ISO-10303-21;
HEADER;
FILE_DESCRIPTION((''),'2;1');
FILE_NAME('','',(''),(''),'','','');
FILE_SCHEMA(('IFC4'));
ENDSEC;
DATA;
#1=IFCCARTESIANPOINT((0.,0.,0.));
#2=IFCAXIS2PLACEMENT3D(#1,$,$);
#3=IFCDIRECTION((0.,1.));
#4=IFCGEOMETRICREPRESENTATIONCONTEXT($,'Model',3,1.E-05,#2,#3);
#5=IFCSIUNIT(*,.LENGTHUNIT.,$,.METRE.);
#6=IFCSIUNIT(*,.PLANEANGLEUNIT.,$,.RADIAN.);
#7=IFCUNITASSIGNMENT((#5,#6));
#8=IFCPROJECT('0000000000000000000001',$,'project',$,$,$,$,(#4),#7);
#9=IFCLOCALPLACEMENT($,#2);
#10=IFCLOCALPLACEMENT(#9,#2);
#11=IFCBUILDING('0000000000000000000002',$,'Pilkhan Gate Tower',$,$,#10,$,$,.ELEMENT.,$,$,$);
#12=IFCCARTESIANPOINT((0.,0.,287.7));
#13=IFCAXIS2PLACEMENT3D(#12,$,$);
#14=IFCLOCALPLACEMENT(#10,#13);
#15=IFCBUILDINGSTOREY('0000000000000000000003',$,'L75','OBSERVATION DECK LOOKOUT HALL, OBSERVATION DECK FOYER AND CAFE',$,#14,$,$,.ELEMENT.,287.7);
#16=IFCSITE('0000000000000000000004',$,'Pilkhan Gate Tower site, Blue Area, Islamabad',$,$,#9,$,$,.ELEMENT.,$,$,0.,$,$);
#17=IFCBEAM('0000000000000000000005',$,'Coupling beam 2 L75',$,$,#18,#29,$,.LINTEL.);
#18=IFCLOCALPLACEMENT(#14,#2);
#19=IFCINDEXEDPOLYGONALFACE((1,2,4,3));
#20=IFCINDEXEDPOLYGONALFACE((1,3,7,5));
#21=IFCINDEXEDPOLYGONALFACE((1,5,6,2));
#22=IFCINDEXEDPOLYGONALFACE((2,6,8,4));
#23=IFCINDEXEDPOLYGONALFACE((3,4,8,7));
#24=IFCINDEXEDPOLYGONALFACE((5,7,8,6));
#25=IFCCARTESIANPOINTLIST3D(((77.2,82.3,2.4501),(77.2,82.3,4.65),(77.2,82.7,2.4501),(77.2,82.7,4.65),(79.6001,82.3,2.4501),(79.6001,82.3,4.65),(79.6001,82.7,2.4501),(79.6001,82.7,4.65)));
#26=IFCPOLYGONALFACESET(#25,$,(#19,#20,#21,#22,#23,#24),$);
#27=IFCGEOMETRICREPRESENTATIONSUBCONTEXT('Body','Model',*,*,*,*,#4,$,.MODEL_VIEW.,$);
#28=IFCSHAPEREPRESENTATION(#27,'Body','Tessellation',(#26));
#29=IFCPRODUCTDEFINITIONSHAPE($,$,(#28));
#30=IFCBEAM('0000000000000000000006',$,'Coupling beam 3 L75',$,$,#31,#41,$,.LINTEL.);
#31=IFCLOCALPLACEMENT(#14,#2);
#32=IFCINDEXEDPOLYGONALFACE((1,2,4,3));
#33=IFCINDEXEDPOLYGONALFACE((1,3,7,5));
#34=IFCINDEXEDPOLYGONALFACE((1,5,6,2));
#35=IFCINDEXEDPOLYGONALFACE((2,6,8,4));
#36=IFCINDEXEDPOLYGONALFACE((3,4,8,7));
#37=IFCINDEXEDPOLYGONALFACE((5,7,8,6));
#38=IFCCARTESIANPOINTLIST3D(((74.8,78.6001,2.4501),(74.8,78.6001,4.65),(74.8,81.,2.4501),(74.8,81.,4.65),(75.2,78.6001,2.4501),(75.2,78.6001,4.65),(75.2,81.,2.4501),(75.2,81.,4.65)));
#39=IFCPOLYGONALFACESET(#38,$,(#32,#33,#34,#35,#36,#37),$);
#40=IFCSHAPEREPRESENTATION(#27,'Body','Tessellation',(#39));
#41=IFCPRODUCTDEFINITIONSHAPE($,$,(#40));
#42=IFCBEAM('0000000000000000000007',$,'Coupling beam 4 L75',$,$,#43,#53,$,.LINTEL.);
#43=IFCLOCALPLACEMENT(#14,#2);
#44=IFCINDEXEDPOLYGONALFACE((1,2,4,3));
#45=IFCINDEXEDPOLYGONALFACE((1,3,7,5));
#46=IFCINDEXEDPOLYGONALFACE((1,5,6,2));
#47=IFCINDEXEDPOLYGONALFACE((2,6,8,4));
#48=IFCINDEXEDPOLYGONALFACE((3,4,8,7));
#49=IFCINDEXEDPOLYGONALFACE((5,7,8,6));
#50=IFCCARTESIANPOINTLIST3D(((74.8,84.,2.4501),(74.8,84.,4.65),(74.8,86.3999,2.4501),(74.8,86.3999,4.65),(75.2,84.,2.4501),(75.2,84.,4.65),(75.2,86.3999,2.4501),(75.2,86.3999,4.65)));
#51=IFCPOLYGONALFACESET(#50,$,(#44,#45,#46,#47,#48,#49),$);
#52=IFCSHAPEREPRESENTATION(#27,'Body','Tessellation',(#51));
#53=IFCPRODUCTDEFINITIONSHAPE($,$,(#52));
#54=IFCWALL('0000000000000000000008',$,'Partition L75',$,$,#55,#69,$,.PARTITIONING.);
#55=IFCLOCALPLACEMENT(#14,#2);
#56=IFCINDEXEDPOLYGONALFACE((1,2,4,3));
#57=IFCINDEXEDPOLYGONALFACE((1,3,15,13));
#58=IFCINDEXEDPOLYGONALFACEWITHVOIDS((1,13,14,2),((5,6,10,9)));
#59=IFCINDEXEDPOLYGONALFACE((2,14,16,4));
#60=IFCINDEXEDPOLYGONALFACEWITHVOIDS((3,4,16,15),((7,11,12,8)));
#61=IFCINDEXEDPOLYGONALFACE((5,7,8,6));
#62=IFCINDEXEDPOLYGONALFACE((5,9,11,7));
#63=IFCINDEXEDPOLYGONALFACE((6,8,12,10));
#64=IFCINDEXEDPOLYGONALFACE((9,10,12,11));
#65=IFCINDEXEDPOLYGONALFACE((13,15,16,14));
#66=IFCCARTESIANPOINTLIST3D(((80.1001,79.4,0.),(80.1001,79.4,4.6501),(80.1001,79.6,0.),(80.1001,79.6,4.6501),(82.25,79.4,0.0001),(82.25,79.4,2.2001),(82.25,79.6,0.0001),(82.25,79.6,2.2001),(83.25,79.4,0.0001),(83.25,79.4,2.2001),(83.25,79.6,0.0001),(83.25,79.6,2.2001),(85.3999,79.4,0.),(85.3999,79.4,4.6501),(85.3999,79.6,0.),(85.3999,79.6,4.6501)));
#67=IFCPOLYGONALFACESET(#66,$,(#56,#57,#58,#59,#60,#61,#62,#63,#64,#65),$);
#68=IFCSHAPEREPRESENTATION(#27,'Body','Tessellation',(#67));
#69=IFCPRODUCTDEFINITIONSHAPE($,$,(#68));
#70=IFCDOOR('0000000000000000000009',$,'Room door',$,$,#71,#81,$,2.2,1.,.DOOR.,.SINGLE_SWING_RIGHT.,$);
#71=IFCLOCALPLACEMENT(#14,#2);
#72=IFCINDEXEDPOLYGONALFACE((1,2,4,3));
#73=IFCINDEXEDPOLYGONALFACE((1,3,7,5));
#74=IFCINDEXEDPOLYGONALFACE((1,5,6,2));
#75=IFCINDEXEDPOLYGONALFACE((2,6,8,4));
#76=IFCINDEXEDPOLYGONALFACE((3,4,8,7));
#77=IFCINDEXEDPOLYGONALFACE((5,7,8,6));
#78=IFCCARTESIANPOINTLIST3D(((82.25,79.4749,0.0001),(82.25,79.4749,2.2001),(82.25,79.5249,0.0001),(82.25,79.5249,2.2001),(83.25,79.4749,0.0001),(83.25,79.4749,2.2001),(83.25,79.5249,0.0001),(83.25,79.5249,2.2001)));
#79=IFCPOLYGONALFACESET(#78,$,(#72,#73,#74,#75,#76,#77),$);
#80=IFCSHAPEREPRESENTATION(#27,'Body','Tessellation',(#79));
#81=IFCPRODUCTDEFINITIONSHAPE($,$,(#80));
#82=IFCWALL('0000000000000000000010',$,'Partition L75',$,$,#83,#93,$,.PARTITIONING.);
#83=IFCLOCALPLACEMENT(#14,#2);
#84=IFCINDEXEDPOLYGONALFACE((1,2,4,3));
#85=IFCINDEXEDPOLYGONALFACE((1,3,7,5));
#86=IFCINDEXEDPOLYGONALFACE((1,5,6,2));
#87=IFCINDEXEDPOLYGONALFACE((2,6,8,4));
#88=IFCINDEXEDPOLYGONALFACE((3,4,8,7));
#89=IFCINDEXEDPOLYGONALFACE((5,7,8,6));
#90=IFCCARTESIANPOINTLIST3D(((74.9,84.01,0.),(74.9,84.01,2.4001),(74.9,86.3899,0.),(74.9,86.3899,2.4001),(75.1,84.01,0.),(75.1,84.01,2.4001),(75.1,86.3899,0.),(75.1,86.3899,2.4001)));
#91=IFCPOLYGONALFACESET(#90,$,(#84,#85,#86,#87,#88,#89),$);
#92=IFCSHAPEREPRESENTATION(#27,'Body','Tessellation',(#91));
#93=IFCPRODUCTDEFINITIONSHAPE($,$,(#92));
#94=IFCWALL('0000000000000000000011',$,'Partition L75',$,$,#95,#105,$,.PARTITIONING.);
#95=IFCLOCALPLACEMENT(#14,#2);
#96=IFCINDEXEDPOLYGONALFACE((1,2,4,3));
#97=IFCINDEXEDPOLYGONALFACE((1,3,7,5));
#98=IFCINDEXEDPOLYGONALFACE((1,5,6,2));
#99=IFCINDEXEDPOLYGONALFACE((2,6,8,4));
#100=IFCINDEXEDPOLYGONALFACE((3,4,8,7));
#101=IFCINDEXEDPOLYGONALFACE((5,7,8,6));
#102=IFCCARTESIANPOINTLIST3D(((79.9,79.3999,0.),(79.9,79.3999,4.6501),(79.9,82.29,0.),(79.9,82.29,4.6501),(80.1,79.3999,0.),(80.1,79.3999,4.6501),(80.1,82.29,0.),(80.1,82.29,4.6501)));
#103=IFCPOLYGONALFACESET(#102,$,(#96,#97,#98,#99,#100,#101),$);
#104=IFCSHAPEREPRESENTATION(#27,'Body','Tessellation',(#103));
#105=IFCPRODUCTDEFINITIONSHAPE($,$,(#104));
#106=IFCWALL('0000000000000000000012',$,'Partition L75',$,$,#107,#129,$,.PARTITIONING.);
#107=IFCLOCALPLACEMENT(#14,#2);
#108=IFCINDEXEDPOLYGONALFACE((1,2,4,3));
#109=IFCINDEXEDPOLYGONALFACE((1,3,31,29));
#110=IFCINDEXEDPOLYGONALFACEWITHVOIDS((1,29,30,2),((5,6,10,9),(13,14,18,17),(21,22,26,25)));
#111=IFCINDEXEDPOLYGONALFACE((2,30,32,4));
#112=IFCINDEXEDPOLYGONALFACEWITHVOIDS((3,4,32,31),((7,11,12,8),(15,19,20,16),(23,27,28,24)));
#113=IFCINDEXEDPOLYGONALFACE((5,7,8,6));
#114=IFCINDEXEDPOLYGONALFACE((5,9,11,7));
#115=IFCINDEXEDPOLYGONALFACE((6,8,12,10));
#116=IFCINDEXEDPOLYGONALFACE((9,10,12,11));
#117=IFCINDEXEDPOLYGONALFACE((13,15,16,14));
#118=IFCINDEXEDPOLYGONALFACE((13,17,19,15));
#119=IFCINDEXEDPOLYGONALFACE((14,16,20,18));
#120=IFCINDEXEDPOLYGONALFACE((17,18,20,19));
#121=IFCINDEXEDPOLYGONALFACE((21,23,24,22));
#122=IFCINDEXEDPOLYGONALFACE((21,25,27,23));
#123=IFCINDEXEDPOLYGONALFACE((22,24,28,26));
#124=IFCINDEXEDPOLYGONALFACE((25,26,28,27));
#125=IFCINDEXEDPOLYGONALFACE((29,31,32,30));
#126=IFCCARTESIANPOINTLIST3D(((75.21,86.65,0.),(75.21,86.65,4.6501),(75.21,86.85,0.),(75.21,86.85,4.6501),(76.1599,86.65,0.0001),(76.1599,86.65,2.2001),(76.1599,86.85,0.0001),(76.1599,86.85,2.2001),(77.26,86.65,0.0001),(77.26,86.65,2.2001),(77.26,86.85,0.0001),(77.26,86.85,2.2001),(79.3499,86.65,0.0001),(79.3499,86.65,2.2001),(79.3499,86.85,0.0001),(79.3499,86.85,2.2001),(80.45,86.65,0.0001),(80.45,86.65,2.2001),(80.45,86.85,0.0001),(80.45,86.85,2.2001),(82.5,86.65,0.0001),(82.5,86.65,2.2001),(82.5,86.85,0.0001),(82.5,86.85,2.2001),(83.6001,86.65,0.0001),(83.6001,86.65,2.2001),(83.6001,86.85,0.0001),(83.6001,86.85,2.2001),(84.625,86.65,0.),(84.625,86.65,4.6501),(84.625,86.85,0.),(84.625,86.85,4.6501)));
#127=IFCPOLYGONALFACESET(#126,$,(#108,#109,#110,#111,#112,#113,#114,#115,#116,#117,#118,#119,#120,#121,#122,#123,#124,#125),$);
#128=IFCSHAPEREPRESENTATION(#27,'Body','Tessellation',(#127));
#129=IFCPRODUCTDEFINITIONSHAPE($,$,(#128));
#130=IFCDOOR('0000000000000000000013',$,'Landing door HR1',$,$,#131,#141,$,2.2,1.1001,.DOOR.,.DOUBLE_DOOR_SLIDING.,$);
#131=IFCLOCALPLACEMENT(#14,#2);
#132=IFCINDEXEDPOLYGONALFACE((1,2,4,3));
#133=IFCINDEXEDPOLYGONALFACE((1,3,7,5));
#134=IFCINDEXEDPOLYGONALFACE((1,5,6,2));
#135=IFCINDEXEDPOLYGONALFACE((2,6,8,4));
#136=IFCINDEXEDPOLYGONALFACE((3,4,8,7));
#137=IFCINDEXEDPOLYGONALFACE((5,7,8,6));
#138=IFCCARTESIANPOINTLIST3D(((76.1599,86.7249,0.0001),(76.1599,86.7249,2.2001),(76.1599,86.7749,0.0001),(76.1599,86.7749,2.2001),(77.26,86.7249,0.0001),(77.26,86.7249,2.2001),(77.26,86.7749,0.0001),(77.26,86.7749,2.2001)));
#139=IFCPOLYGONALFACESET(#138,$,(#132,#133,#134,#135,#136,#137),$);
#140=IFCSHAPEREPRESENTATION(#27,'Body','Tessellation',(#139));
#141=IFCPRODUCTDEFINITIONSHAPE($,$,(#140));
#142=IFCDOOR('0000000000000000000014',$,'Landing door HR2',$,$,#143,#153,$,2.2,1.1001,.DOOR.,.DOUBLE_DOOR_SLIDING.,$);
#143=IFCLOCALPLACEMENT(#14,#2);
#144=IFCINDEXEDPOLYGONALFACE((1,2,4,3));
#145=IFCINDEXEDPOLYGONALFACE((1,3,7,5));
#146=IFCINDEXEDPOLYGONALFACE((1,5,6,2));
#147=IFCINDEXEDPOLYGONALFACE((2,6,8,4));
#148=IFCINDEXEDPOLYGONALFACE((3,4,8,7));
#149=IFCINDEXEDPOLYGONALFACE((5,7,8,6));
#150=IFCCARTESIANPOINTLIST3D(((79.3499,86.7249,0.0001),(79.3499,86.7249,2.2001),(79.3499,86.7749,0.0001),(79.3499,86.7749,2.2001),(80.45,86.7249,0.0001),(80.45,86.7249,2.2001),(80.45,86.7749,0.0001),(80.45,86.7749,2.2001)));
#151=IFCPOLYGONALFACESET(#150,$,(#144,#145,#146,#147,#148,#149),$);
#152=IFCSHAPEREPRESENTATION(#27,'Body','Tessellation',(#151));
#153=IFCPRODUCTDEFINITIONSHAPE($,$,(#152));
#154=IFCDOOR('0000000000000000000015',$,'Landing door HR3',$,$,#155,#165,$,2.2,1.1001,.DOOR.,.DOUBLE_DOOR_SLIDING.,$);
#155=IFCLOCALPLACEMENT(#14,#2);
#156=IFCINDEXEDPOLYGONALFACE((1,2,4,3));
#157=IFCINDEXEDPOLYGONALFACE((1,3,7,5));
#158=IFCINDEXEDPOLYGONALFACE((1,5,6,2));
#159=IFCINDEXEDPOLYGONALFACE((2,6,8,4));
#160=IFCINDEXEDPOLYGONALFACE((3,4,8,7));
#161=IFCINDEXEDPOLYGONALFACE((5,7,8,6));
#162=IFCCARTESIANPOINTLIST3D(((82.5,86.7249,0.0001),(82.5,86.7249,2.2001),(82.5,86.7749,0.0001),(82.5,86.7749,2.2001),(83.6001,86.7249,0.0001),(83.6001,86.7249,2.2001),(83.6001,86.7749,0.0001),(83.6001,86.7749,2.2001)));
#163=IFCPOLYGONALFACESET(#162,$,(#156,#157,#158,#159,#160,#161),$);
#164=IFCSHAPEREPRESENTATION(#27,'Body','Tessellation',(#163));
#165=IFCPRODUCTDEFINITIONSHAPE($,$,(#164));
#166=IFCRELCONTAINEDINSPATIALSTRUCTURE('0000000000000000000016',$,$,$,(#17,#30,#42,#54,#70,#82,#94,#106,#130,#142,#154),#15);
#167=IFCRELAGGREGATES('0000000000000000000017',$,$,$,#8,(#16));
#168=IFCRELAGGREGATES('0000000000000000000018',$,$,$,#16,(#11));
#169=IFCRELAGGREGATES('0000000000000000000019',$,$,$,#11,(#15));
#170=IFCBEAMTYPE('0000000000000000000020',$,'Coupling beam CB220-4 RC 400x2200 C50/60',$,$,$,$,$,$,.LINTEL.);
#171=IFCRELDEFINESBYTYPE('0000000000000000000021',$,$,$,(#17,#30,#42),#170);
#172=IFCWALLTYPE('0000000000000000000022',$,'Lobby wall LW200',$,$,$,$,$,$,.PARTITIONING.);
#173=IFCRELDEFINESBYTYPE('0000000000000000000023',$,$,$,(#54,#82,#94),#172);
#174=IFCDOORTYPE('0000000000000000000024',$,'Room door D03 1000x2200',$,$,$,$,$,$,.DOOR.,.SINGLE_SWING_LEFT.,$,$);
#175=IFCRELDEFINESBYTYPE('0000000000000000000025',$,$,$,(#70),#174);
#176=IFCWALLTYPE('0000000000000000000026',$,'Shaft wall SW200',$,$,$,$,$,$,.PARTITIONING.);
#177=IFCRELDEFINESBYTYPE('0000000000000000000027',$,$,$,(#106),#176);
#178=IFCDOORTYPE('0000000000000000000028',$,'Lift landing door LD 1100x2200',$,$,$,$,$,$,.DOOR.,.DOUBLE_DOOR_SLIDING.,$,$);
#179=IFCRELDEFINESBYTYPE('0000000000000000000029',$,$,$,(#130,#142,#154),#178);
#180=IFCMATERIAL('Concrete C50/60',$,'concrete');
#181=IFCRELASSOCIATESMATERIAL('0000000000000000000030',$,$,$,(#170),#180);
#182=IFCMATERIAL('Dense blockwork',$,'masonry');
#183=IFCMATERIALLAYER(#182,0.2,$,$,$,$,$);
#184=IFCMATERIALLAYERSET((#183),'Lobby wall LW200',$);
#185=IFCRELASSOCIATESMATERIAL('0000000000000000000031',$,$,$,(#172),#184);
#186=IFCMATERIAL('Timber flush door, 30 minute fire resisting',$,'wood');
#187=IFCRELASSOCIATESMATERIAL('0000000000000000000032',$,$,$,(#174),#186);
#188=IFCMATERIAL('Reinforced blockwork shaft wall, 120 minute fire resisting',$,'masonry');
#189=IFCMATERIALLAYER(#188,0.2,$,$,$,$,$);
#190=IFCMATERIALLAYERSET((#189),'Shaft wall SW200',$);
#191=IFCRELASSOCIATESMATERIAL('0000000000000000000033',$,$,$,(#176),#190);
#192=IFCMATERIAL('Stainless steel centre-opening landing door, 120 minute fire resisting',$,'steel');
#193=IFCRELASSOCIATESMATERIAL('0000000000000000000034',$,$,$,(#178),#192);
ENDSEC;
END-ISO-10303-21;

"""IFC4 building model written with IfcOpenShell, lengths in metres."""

from ifc_helpers import new_model, si_unit, direction, frame, frame_2d, origin, origin_2d, place, context, subcontext, project, spatial, rectangle, extrude, material, layer, layer_set, material_profile, profile_set, type_object, element, fill, save


model = new_model("IFC4")

# Units and contexts
model_context = context("Model", 3, precision=1e-05, world=origin(), true_north=direction((0.0, 1.0)))
body_context = subcontext(model_context, "Body", "Model", "MODEL_VIEW")
ifc_project = project(units=[si_unit("LENGTHUNIT", "METRE"), si_unit("PLANEANGLEUNIT", "RADIAN")], contexts=[model_context])

# Site, building, storey
site_placement = place(None, origin())
site = spatial("IfcSite", under=ifc_project, at=site_placement, Name="Pilkhan Gate Tower site, Blue Area, Islamabad", CompositionType="ELEMENT", RefElevation=0.0)
building_placement = place(site_placement, origin())
building = spatial("IfcBuilding", under=site, at=building_placement, Name="Pilkhan Gate Tower", CompositionType="ELEMENT")
storey_placement = place(building_placement, frame((0.0, 0.0, 287.7)))
storey = spatial("IfcBuildingStorey", under=building, at=storey_placement, Name="L75", Description="OBSERVATION DECK LOOKOUT HALL, OBSERVATION DECK FOYER AND CAFE", CompositionType="ELEMENT", Elevation=287.7)

# Beams
ifc_material_1 = material(Name="Concrete C50/60", Category="concrete")
ifc_material_profile = material_profile(ifc_material_1, rectangle(XDim=0.3999, YDim=2.2, at=origin_2d()), Name="RC 400x2200")
ifc_profile_set = profile_set([ifc_material_profile], Name="Concrete C50/60")
beam_type = type_object("IfcBeamType", Name="Coupling beam CB220-4 RC 400x2200 C50/60", PredefinedType="LINTEL", material=ifc_profile_set)
beam_placement = place(storey_placement, frame((77.2, 82.5, 3.55), z_axis=(1.0, 0.0, 0.0), x_axis=(0.0, 1.0, 0.0)))
element("IfcBeam", 1, at=beam_placement, inside=storey, type_object=beam_type, Name="Coupling beam 2 L75", PredefinedType="LINTEL", context=body_context, shape_type="SweptSolid", body=[
    extrude(rectangle(XDim=0.3999, YDim=2.2, at=origin_2d()), origin(), (0.0, 0.0, 1.0), 2.4001),
])
for number, where, z_axis, x_axis, name in (
    (2, (75.0, 78.6001, 3.55), (0.0, 1.0, 0.0), (-1.0, 0.0, 0.0), "Coupling beam 3 L75"),
    (3, (75.0, 84.0, 3.55), (0.0, 1.0, 0.0), (-1.0, 0.0, 0.0), "Coupling beam 4 L75"),
):
    element("IfcBeam", number, at=place(storey_placement, frame(where, z_axis=z_axis, x_axis=x_axis)), inside=storey, type_object=beam_type, Name=name, PredefinedType="LINTEL", context=body_context, shape_type="SweptSolid", body=[
        extrude(rectangle(XDim=0.3999, YDim=2.2, at=origin_2d()), origin(), (0.0, 0.0, 1.0), 2.3999),
    ])

# Wall, opening, door
ifc_material_2 = material(Name="Dense blockwork", Category="masonry")
ifc_layer_1 = layer(ifc_material_2, 0.2)
ifc_layer_set_1 = layer_set([ifc_layer_1], Name="Lobby wall LW200")
wall_type_1 = type_object("IfcWallType", Name="Lobby wall LW200", PredefinedType="PARTITIONING", material=ifc_layer_set_1)
wall_1_placement = place(storey_placement, frame((80.1001, 79.5, 0.0), z_axis=(0.0, 0.0, 1.0), x_axis=(1.0, 0.0, 0.0)))
wall_1 = element("IfcWall", 4, at=wall_1_placement, inside=storey, type_object=wall_type_1, Name="Partition L75", PredefinedType="PARTITIONING", context=body_context, shape_type="SweptSolid", body=[
    extrude(rectangle(XDim=5.2998, YDim=0.2, at=frame_2d((2.6499, 0.0))), origin(), (0.0, 0.0, 1.0), 4.6501),
])
opening_1_placement = place(wall_1_placement, frame((2.1499, 0.0, 0.0)))
opening_1 = element("IfcOpeningElement", 5, at=opening_1_placement, cuts=wall_1, PredefinedType="OPENING", context=body_context, shape_type="SweptSolid", body=[
    extrude(rectangle(XDim=1.0, YDim=2.2, at=frame_2d((0.5, 1.1001))), frame((0.0, 0.1099, 0.0), z_axis=(0.0, -1.0, 0.0), x_axis=(1.0, 0.0, 0.0)), (0.0, 0.0, 1.0), 0.22),
])
ifc_material_3 = material(Name="Timber flush door, 30 minute fire resisting", Category="wood")
door_type_1 = type_object("IfcDoorType", Name="Room door D03 1000x2200", OperationType="SINGLE_SWING_LEFT", PredefinedType="DOOR", material=ifc_material_3)
door_1_placement = place(opening_1_placement, origin())
door_1 = element("IfcDoor", 6, at=door_1_placement, inside=storey, type_object=door_type_1, Name="Room door", OperationType="SINGLE_SWING_RIGHT", OverallHeight=2.2, OverallWidth=1.0, PredefinedType="DOOR", context=body_context, shape_type="SweptSolid", body=[
    extrude(rectangle(XDim=1.0, YDim=2.2, at=frame_2d((0.5, 1.1001))), frame((0.0, 0.0249, 0.0), z_axis=(0.0, -1.0, 0.0), x_axis=(1.0, 0.0, 0.0)), (0.0, 0.0, 1.0), 0.05),
])
fill(opening_1, door_1)

# Walls
wall_2_placement = place(storey_placement, frame((75.0, 84.01, 0.0), z_axis=(0.0, 0.0, 1.0), x_axis=(0.0, 1.0, 0.0)))
element("IfcWall", 7, at=wall_2_placement, inside=storey, type_object=wall_type_1, Name="Partition L75", PredefinedType="PARTITIONING", context=body_context, shape_type="SweptSolid", body=[
    extrude(rectangle(XDim=2.3799, YDim=0.2, at=frame_2d((1.1899, 0.0))), origin(), (0.0, 0.0, 1.0), 2.4001),
])
wall_3_placement = place(storey_placement, frame((80.0, 79.3999, 0.0), z_axis=(0.0, 0.0, 1.0), x_axis=(0.0, 1.0, 0.0)))
element("IfcWall", 8, at=wall_3_placement, inside=storey, type_object=wall_type_1, Name="Partition L75", PredefinedType="PARTITIONING", context=body_context, shape_type="SweptSolid", body=[
    extrude(rectangle(XDim=2.8901, YDim=0.2, at=frame_2d((1.4451, 0.0))), origin(), (0.0, 0.0, 1.0), 4.6501),
])

# Wall, openings, doors
ifc_material_4 = material(Name="Reinforced blockwork shaft wall, 120 minute fire resisting", Category="masonry")
ifc_layer_2 = layer(ifc_material_4, 0.2)
ifc_layer_set_2 = layer_set([ifc_layer_2], Name="Shaft wall SW200")
wall_type_2 = type_object("IfcWallType", Name="Shaft wall SW200", PredefinedType="PARTITIONING", material=ifc_layer_set_2)
wall_4_placement = place(storey_placement, frame((75.21, 86.75, 0.0), z_axis=(0.0, 0.0, 1.0), x_axis=(1.0, 0.0, 0.0)))
wall_4 = element("IfcWall", 9, at=wall_4_placement, inside=storey, type_object=wall_type_2, Name="Partition L75", PredefinedType="PARTITIONING", context=body_context, shape_type="SweptSolid", body=[
    extrude(rectangle(XDim=9.415, YDim=0.2, at=frame_2d((4.7075, 0.0))), origin(), (0.0, 0.0, 1.0), 4.6501),
])
opening_2_placement = place(wall_4_placement, frame((0.95, 0.0, 0.0)))
opening_2 = element("IfcOpeningElement", 10, at=opening_2_placement, cuts=wall_4, PredefinedType="OPENING", context=body_context, shape_type="SweptSolid", body=[
    extrude(rectangle(XDim=1.1001, YDim=2.2, at=frame_2d((0.55, 1.1001))), frame((0.0, 0.1099, 0.0), z_axis=(0.0, -1.0, 0.0), x_axis=(1.0, 0.0, 0.0)), (0.0, 0.0, 1.0), 0.22),
])
opening_3_placement = place(wall_4_placement, frame((4.1399, 0.0, 0.0)))
opening_3 = element("IfcOpeningElement", 11, at=opening_3_placement, cuts=wall_4, PredefinedType="OPENING", context=body_context, shape_type="SweptSolid", body=[
    extrude(rectangle(XDim=1.1001, YDim=2.2, at=frame_2d((0.55, 1.1001))), frame((0.0, 0.1099, 0.0), z_axis=(0.0, -1.0, 0.0), x_axis=(1.0, 0.0, 0.0)), (0.0, 0.0, 1.0), 0.22),
])
opening_4_placement = place(wall_4_placement, frame((7.29, 0.0, 0.0)))
opening_4 = element("IfcOpeningElement", 12, at=opening_4_placement, cuts=wall_4, PredefinedType="OPENING", context=body_context, shape_type="SweptSolid", body=[
    extrude(rectangle(XDim=1.1001, YDim=2.2, at=frame_2d((0.55, 1.1001))), frame((0.0, 0.1099, 0.0), z_axis=(0.0, -1.0, 0.0), x_axis=(1.0, 0.0, 0.0)), (0.0, 0.0, 1.0), 0.22),
])
ifc_material_5 = material(Name="Stainless steel centre-opening landing door, 120 minute fire resisting", Category="steel")
door_type_2 = type_object("IfcDoorType", Name="Lift landing door LD 1100x2200", OperationType="DOUBLE_DOOR_SLIDING", PredefinedType="DOOR", material=ifc_material_5)
door_2_placement = place(opening_2_placement, origin())
door_2 = element("IfcDoor", 13, at=door_2_placement, inside=storey, type_object=door_type_2, Name="Landing door HR1", OperationType="DOUBLE_DOOR_SLIDING", OverallHeight=2.2, OverallWidth=1.1001, PredefinedType="DOOR", context=body_context, shape_type="SweptSolid", body=[
    extrude(rectangle(XDim=1.1001, YDim=2.2, at=frame_2d((0.55, 1.1001))), frame((0.0, 0.0249, 0.0), z_axis=(0.0, -1.0, 0.0), x_axis=(1.0, 0.0, 0.0)), (0.0, 0.0, 1.0), 0.05),
])
fill(opening_2, door_2)
door_3_placement = place(opening_3_placement, origin())
door_3 = element("IfcDoor", 14, at=door_3_placement, inside=storey, type_object=door_type_2, Name="Landing door HR2", OperationType="DOUBLE_DOOR_SLIDING", OverallHeight=2.2, OverallWidth=1.1001, PredefinedType="DOOR", context=body_context, shape_type="SweptSolid", body=[
    extrude(rectangle(XDim=1.1001, YDim=2.2, at=frame_2d((0.55, 1.1001))), frame((0.0, 0.0249, 0.0), z_axis=(0.0, -1.0, 0.0), x_axis=(1.0, 0.0, 0.0)), (0.0, 0.0, 1.0), 0.05),
])
fill(opening_3, door_3)
door_4_placement = place(opening_4_placement, origin())
door_4 = element("IfcDoor", 15, at=door_4_placement, inside=storey, type_object=door_type_2, Name="Landing door HR3", OperationType="DOUBLE_DOOR_SLIDING", OverallHeight=2.2, OverallWidth=1.1001, PredefinedType="DOOR", context=body_context, shape_type="SweptSolid", body=[
    extrude(rectangle(XDim=1.1001, YDim=2.2, at=frame_2d((0.55, 1.1001))), frame((0.0, 0.0249, 0.0), z_axis=(0.0, -1.0, 0.0), x_axis=(1.0, 0.0, 0.0)), (0.0, 0.0, 1.0), 0.05),
])
fill(opening_4, door_4)

save(model, "model.ifc")
